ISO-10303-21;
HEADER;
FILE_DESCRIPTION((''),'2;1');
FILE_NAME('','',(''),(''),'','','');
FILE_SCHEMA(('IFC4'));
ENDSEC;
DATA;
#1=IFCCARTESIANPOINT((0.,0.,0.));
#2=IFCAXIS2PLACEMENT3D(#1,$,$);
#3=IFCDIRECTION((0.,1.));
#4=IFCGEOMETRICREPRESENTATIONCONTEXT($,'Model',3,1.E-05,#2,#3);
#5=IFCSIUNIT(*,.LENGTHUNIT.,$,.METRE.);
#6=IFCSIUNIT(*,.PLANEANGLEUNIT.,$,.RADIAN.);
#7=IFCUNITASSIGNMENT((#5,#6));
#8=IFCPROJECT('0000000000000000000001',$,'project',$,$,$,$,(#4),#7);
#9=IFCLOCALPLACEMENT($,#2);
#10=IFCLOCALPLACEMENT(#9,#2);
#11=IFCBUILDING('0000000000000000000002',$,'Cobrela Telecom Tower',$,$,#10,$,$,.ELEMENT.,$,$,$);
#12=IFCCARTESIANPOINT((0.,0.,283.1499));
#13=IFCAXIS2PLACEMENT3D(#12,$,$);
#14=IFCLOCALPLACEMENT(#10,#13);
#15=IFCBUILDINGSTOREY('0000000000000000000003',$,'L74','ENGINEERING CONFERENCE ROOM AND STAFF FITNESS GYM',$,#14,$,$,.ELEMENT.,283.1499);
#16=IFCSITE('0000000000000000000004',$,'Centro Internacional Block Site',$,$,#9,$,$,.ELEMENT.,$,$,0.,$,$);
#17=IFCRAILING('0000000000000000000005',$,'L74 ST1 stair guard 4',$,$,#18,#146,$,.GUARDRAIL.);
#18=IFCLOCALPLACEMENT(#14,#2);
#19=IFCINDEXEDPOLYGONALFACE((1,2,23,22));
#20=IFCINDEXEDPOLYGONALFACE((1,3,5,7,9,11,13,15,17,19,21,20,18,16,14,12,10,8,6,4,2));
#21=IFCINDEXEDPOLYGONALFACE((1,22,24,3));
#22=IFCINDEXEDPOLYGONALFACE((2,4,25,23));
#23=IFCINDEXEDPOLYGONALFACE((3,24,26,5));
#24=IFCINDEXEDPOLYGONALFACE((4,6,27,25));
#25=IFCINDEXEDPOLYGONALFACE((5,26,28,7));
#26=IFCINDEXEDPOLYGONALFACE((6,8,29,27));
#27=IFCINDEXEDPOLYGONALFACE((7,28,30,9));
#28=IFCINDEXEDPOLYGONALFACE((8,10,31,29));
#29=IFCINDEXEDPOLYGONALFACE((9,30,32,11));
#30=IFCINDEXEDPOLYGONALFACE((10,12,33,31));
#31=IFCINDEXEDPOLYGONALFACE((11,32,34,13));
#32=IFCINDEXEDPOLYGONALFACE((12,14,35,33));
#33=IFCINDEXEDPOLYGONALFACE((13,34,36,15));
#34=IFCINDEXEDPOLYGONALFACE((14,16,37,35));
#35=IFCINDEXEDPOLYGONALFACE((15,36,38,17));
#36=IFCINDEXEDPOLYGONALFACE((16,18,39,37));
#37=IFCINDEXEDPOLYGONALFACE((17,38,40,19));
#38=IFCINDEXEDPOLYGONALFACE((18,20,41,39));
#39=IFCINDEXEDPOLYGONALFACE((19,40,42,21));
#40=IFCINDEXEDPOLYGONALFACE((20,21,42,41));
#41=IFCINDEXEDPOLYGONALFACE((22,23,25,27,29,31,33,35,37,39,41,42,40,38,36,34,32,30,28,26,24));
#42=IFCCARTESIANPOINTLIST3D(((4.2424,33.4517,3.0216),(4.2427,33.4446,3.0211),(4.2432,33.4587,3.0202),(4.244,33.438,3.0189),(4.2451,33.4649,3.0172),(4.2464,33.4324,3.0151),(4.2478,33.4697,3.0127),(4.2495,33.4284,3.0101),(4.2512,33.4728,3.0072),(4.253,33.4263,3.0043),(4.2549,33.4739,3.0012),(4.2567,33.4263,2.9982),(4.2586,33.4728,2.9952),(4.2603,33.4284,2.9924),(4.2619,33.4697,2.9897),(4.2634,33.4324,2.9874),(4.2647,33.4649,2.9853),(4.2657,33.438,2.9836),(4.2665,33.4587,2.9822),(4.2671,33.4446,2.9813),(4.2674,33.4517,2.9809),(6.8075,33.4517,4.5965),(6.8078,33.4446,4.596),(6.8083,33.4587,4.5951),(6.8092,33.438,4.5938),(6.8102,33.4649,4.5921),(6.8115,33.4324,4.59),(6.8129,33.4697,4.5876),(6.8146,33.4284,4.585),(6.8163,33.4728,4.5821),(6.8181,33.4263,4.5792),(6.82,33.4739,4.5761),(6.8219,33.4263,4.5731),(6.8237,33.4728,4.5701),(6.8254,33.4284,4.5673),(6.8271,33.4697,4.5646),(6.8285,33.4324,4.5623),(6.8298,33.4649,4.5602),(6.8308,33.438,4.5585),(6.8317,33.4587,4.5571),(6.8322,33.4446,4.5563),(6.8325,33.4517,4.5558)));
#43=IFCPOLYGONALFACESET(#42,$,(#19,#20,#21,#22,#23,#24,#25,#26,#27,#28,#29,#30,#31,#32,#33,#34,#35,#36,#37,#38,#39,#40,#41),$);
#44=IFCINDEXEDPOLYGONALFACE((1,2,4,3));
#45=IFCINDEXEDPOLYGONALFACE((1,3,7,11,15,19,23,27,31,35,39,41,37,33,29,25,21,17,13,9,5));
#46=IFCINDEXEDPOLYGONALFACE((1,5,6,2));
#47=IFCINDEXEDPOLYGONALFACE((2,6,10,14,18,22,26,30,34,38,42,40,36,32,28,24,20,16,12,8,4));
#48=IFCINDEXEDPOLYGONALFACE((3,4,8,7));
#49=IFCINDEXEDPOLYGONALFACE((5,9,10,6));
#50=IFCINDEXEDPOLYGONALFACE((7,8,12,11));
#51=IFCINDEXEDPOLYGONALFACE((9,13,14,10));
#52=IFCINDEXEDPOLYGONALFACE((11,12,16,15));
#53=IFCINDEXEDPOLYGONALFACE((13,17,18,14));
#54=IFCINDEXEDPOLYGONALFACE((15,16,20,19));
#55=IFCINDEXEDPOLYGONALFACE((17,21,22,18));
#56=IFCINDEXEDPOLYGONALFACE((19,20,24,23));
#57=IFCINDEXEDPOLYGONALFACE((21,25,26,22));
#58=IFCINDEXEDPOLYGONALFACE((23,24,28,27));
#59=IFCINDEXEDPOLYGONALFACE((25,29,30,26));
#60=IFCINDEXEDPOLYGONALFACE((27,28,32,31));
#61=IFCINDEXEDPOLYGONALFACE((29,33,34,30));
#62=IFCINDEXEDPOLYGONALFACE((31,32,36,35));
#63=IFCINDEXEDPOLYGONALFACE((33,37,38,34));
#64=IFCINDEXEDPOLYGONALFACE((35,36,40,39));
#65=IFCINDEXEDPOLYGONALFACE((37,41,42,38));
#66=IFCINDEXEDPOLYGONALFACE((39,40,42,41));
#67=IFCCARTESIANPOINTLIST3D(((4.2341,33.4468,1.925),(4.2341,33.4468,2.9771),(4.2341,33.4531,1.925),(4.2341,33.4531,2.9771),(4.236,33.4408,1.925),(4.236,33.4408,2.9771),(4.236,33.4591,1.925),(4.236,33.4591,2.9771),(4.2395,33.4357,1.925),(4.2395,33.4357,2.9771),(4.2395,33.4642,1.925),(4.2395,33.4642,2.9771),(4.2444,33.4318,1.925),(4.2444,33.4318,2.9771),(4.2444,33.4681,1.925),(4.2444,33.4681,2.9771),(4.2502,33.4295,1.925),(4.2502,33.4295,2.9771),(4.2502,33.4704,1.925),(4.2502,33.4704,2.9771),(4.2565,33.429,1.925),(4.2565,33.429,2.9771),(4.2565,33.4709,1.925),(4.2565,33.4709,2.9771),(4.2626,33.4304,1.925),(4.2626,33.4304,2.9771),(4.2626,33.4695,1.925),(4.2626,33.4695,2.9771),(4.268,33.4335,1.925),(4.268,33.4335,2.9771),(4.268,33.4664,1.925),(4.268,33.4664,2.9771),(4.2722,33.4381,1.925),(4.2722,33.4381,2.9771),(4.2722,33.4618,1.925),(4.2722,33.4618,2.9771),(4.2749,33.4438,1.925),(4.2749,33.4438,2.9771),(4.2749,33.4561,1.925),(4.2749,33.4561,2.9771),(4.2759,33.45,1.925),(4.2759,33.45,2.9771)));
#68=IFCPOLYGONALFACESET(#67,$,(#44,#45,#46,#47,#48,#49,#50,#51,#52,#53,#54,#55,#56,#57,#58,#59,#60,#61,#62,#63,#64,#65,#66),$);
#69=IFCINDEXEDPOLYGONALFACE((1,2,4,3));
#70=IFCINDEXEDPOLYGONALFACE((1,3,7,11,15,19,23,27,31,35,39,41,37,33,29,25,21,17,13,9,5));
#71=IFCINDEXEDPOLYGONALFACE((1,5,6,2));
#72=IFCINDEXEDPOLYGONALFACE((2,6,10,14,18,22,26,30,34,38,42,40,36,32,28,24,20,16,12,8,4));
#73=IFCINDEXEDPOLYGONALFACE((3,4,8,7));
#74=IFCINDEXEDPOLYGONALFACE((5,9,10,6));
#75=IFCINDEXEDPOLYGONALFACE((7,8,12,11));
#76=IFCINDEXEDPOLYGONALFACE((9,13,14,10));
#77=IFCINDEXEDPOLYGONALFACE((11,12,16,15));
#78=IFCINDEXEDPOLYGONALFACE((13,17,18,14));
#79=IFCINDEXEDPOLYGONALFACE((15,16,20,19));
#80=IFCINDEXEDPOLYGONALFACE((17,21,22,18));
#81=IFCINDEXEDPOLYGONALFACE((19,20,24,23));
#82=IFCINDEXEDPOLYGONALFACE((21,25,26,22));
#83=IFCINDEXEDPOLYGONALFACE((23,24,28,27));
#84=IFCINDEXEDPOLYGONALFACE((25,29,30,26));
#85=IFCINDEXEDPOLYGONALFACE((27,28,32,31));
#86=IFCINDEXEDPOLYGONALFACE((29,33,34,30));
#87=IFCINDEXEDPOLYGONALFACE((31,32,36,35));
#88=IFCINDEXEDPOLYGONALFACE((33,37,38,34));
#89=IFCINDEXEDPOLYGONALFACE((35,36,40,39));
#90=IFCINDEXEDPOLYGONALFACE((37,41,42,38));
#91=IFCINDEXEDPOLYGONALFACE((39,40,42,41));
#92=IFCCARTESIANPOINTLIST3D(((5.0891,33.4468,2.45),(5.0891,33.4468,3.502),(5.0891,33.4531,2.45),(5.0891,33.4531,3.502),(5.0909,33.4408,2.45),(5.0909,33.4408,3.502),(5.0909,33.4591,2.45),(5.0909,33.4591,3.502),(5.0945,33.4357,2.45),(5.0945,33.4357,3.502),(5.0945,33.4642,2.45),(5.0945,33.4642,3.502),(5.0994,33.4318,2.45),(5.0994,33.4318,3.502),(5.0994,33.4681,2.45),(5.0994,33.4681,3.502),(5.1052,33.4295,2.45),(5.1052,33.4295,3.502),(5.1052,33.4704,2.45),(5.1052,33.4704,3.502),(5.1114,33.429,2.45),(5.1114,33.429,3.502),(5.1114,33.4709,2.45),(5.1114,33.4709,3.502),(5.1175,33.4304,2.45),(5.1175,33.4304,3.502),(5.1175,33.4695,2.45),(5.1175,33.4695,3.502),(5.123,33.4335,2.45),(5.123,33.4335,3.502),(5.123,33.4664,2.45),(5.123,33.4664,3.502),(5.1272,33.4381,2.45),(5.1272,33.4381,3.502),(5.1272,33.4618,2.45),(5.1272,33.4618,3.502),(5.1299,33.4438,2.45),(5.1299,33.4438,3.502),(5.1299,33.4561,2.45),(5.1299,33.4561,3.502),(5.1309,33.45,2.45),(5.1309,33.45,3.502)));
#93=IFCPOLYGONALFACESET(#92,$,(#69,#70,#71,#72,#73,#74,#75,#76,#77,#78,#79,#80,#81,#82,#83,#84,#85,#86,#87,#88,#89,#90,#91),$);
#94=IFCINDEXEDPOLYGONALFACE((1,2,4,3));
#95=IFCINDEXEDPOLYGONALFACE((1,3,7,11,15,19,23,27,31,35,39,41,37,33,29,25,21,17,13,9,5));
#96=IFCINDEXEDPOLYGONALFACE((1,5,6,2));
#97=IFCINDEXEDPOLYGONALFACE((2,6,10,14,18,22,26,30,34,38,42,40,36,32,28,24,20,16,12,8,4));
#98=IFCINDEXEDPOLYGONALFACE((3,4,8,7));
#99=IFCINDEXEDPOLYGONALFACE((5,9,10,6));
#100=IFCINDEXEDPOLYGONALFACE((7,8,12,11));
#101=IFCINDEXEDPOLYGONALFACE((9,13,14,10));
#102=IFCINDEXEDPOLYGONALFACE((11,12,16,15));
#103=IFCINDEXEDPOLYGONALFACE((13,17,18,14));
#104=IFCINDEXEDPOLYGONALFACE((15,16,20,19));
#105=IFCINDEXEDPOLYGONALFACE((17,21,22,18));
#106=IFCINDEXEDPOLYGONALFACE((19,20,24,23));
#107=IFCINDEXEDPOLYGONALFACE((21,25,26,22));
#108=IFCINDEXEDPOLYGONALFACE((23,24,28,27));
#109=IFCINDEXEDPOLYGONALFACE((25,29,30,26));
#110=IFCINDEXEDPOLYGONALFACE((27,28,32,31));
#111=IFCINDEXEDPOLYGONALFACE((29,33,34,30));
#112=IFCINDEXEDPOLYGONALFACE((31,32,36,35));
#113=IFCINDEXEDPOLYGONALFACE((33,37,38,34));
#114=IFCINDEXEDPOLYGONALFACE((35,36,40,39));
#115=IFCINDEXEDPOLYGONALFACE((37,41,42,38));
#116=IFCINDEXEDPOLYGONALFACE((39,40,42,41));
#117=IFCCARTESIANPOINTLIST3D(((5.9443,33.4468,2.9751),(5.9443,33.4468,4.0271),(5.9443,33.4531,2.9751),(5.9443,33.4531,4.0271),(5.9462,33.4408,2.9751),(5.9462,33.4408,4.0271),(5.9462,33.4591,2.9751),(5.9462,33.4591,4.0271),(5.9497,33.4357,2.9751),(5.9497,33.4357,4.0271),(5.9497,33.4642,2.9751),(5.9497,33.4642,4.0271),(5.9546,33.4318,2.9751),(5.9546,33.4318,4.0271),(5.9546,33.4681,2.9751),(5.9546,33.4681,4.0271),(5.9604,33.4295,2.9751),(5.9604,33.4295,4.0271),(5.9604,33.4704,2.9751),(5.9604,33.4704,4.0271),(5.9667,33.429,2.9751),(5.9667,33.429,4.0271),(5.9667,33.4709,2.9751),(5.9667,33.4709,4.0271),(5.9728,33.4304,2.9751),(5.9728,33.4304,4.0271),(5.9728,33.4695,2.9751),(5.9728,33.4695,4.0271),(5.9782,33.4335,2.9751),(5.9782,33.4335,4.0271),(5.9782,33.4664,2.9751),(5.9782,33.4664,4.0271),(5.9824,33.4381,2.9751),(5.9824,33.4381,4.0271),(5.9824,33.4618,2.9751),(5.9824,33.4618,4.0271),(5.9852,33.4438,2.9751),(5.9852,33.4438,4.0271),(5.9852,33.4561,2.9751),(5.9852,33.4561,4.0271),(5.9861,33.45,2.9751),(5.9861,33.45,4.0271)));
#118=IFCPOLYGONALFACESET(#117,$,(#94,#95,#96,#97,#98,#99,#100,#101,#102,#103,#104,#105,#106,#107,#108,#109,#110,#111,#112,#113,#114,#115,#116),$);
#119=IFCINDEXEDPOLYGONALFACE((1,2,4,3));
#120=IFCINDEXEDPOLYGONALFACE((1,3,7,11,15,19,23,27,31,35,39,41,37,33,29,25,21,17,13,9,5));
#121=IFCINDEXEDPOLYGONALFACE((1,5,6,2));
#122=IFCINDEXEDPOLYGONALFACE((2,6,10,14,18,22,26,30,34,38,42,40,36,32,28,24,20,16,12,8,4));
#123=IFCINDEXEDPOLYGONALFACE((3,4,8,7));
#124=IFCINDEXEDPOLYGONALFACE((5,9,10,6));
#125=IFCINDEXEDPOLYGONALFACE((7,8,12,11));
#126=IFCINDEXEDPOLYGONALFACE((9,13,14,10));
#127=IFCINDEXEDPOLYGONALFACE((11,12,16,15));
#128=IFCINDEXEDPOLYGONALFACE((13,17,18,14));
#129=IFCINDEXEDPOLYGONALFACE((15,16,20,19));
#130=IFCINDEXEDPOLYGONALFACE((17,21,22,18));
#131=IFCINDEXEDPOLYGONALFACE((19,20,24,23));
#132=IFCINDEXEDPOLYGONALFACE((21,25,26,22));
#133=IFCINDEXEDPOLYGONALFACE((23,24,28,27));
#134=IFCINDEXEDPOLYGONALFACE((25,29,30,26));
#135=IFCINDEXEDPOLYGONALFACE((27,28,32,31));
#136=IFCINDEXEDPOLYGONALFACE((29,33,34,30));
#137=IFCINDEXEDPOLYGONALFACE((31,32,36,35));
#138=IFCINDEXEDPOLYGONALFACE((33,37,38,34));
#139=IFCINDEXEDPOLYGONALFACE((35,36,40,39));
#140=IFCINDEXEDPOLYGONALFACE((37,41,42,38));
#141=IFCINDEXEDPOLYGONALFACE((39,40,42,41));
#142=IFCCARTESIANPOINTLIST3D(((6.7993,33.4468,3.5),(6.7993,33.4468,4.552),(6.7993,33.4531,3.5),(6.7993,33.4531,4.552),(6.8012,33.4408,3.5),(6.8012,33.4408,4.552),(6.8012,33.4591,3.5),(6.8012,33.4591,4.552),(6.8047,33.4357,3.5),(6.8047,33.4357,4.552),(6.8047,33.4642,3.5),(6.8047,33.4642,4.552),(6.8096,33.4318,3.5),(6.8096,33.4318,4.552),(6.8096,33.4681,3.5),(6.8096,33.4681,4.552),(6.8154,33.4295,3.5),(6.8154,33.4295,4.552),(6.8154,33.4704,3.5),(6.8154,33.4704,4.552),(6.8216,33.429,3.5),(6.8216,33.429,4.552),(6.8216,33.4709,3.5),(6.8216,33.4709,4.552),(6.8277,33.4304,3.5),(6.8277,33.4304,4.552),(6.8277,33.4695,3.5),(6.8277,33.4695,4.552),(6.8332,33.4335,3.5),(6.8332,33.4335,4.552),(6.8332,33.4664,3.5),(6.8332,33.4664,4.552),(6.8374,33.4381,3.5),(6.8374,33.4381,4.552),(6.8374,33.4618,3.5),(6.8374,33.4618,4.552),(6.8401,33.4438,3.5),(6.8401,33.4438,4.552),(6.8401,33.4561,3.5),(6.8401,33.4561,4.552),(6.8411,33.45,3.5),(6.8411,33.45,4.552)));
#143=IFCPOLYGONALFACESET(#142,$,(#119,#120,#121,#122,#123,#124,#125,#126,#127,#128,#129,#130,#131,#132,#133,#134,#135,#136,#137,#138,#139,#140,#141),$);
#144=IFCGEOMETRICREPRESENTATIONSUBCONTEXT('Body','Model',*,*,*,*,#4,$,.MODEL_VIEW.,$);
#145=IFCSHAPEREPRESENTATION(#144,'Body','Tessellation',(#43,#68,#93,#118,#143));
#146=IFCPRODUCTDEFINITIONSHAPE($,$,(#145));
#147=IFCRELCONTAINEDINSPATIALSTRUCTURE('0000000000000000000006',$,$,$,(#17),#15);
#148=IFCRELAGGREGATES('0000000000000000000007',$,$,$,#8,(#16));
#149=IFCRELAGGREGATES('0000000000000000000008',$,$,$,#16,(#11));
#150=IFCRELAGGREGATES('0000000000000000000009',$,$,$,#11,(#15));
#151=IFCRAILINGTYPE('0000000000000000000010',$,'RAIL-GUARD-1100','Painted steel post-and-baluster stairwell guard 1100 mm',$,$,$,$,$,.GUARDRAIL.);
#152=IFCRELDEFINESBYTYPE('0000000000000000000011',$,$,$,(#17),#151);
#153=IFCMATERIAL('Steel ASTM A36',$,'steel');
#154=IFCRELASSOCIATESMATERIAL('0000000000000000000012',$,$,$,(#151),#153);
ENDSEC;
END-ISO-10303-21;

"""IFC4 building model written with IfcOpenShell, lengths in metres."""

from ifc_helpers import new_model, si_unit, direction, frame, origin, origin_2d, place, context, subcontext, project, spatial, circle, extrude, material, type_object, element, save


model = new_model("IFC4")

# Units and contexts
model_context = context("Model", 3, precision=1e-05, world=origin(), true_north=direction((0.0, 1.0)))
body_context = subcontext(model_context, "Body", "Model", "MODEL_VIEW")
ifc_project = project(units=[si_unit("LENGTHUNIT", "METRE"), si_unit("PLANEANGLEUNIT", "RADIAN")], contexts=[model_context])

# Site, building, storey
site_placement = place(None, origin())
site = spatial("IfcSite", under=ifc_project, at=site_placement, Name="Centro Internacional Block Site", CompositionType="ELEMENT", RefElevation=0.0)
building_placement = place(site_placement, origin())
building = spatial("IfcBuilding", under=site, at=building_placement, Name="Cobrela Telecom Tower", CompositionType="ELEMENT")
storey_placement = place(building_placement, frame((0.0, 0.0, 283.1499)))
storey = spatial("IfcBuildingStorey", under=building, at=storey_placement, Name="L74", Description="ENGINEERING CONFERENCE ROOM AND STAFF FITNESS GYM", CompositionType="ELEMENT", Elevation=283.1499)

# Shared definitions
ifc_material_1 = material(Name="Steel ASTM A36", Category="steel")

# Railing
railing_type_1 = type_object("IfcRailingType", Name="RAIL-GUARD-1100", Description="Painted steel post-and-baluster stairwell guard 1100 mm", PredefinedType="GUARDRAIL", material=ifc_material_1)
railing_1_placement = place(storey_placement, frame((4.2549, 33.45, 1.925)))
element("IfcRailing", 1, at=railing_1_placement, inside=storey, type_object=railing_type_1, Name="L74 ST1 stair guard 4", PredefinedType="GUARDRAIL", context=body_context, shape_type="SweptSolid", body=[
    extrude(circle(Radius=0.0239, at=origin_2d()), frame((0.0, 0.0, 1.0762), z_axis=(0.852195, 0.0, 0.523224), x_axis=(0.0, 1.0, 0.0)), (0.0, 0.0, 1.0), 3.01),
    extrude(circle(Radius=0.021, at=origin_2d()), origin(), (0.0, 0.0, 1.0), 1.052),
    extrude(circle(Radius=0.021, at=origin_2d()), frame((0.855, 0.0, 0.5249)), (0.0, 0.0, 1.0), 1.052),
    extrude(circle(Radius=0.021, at=origin_2d()), frame((1.7102, 0.0, 1.05)), (0.0, 0.0, 1.0), 1.052),
    extrude(circle(Radius=0.021, at=origin_2d()), frame((2.5652, 0.0, 1.575)), (0.0, 0.0, 1.0), 1.052),
])

save(model, "model.ifc")
